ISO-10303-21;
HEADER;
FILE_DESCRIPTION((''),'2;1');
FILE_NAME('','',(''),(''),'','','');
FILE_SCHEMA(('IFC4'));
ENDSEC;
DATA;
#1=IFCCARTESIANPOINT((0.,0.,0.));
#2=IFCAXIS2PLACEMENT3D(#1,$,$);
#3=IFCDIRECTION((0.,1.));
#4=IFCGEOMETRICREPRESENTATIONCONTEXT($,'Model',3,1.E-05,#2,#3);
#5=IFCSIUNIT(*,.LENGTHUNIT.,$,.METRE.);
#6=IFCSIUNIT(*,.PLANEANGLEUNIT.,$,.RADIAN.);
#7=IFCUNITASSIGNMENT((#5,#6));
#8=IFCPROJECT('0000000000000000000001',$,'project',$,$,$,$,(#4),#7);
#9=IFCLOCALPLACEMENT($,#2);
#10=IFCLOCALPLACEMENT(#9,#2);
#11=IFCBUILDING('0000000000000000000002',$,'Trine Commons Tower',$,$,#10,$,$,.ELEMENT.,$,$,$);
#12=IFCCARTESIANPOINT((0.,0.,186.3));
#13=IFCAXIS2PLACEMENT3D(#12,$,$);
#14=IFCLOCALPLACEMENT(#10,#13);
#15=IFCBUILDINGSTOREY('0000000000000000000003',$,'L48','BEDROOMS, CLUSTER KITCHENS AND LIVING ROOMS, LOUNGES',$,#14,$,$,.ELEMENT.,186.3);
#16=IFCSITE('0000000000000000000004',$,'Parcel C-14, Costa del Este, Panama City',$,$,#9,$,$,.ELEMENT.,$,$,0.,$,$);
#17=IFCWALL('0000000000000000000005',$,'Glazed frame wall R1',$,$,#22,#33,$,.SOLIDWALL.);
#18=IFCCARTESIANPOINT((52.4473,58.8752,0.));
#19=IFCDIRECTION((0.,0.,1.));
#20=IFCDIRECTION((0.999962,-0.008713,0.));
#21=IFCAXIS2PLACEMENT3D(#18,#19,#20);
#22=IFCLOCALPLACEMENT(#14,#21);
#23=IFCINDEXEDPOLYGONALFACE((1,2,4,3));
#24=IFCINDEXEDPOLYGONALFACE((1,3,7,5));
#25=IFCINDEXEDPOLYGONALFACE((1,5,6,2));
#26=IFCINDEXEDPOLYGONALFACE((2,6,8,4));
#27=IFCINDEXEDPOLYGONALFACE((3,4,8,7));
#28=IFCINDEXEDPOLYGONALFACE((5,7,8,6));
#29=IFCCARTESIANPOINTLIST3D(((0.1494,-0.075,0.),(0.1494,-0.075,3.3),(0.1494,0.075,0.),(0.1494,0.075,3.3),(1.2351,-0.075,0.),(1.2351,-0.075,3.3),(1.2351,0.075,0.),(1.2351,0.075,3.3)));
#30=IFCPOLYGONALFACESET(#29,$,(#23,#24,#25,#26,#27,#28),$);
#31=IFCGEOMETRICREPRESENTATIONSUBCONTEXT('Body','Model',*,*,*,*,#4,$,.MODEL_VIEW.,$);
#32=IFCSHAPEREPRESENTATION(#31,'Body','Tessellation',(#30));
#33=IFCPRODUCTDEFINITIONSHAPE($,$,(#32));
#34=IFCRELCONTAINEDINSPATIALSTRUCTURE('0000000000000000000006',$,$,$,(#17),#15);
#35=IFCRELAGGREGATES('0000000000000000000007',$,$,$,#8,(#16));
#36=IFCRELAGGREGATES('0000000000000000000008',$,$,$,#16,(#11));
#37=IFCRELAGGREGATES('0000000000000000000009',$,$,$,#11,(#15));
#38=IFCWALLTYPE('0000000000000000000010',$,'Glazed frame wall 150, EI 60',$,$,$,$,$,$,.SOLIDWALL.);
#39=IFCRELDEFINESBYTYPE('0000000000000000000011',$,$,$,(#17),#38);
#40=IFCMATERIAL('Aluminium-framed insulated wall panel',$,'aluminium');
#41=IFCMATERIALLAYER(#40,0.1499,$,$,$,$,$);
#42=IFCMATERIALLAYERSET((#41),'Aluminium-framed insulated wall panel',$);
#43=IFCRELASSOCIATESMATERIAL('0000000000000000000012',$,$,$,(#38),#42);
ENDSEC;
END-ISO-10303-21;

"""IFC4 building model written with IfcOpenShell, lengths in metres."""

from ifc_helpers import new_model, si_unit, direction, frame, origin, place, context, subcontext, project, spatial, polyline, outline, extrude, material, layer, layer_set, type_object, element, save


model = new_model("IFC4")

# Units and contexts
model_context = context("Model", 3, precision=1e-05, world=origin(), true_north=direction((0.0, 1.0)))
body_context = subcontext(model_context, "Body", "Model", "MODEL_VIEW")
ifc_project = project(units=[si_unit("LENGTHUNIT", "METRE"), si_unit("PLANEANGLEUNIT", "RADIAN")], contexts=[model_context])

# Site, building, storey
site_placement = place(None, origin())
site = spatial("IfcSite", under=ifc_project, at=site_placement, Name="Parcel C-14, Costa del Este, Panama City", CompositionType="ELEMENT", RefElevation=0.0)
building_placement = place(site_placement, origin())
building = spatial("IfcBuilding", under=site, at=building_placement, Name="Trine Commons Tower", CompositionType="ELEMENT")
storey_placement = place(building_placement, frame((0.0, 0.0, 186.3)))
storey = spatial("IfcBuildingStorey", under=building, at=storey_placement, Name="L48", Description="BEDROOMS, CLUSTER KITCHENS AND LIVING ROOMS, LOUNGES", CompositionType="ELEMENT", Elevation=186.3)

# Wall
ifc_material_1 = material(Name="Aluminium-framed insulated wall panel", Category="aluminium")
ifc_layer_1 = layer(ifc_material_1, 0.1499)
ifc_layer_set_1 = layer_set([ifc_layer_1], Name="Aluminium-framed insulated wall panel")
wall_type = type_object("IfcWallType", Name="Glazed frame wall 150, EI 60", PredefinedType="SOLIDWALL", material=ifc_layer_set_1)
wall_placement = place(storey_placement, frame((52.4473, 58.8752, 0.0), z_axis=(0.0, 0.0, 1.0), x_axis=(0.999962, -0.008713, 0.0)))
element("IfcWall", 1, at=wall_placement, inside=storey, type_object=wall_type, Name="Glazed frame wall R1", PredefinedType="SOLIDWALL", context=body_context, shape_type="SweptSolid", body=[
    extrude(outline(polyline([(0.1494, 0.075), (0.1494, -0.075), (1.2351, -0.075), (1.2351, 0.075), (0.1494, 0.075)])), origin(), (0.0, 0.0, 1.0), 3.3),
])

save(model, "model.ifc")
